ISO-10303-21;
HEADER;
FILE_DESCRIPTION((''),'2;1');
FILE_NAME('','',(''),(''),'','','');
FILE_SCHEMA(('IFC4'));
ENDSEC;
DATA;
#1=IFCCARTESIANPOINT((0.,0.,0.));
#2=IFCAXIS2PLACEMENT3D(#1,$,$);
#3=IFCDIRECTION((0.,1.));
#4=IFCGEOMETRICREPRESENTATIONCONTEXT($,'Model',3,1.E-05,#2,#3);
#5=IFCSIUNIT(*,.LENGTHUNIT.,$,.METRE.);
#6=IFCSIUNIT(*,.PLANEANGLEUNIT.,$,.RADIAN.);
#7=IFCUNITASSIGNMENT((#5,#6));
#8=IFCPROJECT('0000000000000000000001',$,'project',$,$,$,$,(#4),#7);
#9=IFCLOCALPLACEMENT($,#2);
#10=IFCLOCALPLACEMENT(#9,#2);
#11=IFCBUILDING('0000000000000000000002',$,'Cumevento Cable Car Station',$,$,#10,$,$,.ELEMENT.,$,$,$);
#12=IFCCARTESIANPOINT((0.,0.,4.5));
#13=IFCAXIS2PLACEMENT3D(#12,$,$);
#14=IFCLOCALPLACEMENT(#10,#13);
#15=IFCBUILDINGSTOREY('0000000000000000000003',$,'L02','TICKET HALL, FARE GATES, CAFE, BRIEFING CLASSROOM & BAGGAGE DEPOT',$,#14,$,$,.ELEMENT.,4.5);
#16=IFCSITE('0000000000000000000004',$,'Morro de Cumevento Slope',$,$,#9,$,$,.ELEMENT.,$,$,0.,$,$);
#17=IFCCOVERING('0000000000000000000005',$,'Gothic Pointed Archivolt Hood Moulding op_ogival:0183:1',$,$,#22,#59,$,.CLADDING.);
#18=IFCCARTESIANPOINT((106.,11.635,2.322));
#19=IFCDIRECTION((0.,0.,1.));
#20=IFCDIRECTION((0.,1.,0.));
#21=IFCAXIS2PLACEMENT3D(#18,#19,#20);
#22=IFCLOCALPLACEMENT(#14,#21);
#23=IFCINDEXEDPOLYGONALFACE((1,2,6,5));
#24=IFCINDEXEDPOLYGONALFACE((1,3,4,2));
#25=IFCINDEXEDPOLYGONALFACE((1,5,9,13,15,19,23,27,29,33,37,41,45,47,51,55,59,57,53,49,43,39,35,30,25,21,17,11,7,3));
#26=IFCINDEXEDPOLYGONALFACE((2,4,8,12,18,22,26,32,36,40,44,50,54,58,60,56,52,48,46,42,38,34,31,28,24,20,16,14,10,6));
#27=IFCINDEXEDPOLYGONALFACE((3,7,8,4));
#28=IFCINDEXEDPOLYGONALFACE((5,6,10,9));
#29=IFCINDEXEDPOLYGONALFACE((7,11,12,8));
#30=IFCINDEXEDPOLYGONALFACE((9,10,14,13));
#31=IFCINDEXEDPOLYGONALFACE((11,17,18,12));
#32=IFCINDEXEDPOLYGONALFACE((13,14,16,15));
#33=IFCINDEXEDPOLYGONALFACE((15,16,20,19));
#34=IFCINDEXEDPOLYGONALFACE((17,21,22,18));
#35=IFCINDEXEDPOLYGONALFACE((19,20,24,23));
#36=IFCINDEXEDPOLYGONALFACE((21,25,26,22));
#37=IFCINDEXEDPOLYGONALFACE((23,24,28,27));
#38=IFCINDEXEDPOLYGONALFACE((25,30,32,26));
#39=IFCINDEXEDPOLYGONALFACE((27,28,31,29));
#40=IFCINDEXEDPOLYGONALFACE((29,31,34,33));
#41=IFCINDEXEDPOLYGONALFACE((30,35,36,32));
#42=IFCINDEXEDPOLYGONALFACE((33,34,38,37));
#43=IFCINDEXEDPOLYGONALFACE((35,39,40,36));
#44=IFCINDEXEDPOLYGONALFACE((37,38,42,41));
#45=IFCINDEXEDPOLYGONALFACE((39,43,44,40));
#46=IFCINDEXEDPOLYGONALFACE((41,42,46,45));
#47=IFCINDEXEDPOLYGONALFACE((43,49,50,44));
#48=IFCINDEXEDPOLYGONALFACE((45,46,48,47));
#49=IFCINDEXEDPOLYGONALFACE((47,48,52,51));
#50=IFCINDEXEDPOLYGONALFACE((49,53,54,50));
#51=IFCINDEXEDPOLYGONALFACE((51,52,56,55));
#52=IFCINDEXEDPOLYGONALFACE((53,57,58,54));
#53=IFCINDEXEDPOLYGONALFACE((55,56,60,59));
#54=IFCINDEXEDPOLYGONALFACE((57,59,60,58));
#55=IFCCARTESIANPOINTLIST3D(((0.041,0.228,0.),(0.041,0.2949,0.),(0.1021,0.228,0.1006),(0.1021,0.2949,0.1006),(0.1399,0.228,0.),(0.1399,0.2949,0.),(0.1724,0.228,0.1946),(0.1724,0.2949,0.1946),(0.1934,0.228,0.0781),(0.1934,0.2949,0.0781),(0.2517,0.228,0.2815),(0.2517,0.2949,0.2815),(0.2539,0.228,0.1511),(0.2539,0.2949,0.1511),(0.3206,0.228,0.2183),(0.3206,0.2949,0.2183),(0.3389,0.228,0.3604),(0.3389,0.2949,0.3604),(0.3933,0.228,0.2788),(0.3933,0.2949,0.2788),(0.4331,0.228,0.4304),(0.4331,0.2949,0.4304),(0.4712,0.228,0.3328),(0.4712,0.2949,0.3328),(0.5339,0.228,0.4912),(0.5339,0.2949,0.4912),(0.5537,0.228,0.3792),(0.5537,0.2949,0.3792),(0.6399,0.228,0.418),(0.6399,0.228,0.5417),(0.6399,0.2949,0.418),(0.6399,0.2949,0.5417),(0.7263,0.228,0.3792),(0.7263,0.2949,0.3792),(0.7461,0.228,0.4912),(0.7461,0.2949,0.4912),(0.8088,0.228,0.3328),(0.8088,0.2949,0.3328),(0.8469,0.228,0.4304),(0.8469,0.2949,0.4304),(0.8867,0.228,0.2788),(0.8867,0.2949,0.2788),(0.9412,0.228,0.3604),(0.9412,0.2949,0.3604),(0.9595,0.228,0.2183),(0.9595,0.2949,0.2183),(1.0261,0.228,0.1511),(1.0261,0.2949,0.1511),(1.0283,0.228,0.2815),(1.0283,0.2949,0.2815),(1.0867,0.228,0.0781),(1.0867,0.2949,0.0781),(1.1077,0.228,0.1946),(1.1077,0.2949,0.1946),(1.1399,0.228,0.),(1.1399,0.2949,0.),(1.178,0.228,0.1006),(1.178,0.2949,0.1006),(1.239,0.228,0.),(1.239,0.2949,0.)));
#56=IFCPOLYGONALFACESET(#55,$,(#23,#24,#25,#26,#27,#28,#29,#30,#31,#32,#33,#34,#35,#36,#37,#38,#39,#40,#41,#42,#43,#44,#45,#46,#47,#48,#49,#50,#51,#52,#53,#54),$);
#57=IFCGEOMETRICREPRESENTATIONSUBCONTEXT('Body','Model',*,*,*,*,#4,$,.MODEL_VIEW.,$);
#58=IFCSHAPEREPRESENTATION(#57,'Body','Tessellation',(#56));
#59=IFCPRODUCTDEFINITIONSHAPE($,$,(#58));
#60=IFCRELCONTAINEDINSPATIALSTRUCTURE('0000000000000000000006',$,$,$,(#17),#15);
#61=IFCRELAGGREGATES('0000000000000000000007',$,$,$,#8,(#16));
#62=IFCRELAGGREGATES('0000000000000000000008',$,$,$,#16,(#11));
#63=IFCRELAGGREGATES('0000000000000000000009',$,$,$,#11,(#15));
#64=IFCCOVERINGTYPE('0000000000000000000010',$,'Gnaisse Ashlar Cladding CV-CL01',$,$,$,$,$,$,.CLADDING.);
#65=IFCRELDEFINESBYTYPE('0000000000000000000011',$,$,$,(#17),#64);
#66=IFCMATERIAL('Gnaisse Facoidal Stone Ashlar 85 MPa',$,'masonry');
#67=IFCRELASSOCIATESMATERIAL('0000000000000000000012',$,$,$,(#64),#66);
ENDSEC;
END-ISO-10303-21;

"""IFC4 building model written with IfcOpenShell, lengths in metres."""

from ifc_helpers import new_model, si_unit, direction, frame, origin, place, context, subcontext, project, spatial, polyline, outline, extrude, material, type_object, element, save


model = new_model("IFC4")

# Units and contexts
model_context = context("Model", 3, precision=1e-05, world=origin(), true_north=direction((0.0, 1.0)))
body_context = subcontext(model_context, "Body", "Model", "MODEL_VIEW")
ifc_project = project(units=[si_unit("LENGTHUNIT", "METRE"), si_unit("PLANEANGLEUNIT", "RADIAN")], contexts=[model_context])

# Site, building, storey
site_placement = place(None, origin())
site = spatial("IfcSite", under=ifc_project, at=site_placement, Name="Morro de Cumevento Slope", CompositionType="ELEMENT", RefElevation=0.0)
building_placement = place(site_placement, origin())
building = spatial("IfcBuilding", under=site, at=building_placement, Name="Cumevento Cable Car Station", CompositionType="ELEMENT")
storey_placement = place(building_placement, frame((0.0, 0.0, 4.5)))
storey = spatial("IfcBuildingStorey", under=building, at=storey_placement, Name="L02", Description="TICKET HALL, FARE GATES, CAFE, BRIEFING CLASSROOM & BAGGAGE DEPOT", CompositionType="ELEMENT", Elevation=4.5)

# Covering
ifc_material_1 = material(Name="Gnaisse Facoidal Stone Ashlar 85 MPa", Category="masonry")
covering_type = type_object("IfcCoveringType", Name="Gnaisse Ashlar Cladding CV-CL01", PredefinedType="CLADDING", material=ifc_material_1)
covering_1_placement = place(storey_placement, frame((106.0, 11.635, 2.322), z_axis=(0.0, 0.0, 1.0), x_axis=(0.0, 1.0, 0.0)))
element("IfcCovering", 1, at=covering_1_placement, inside=storey, type_object=covering_type, Name="Gothic Pointed Archivolt Hood Moulding op_ogival:0183:1", PredefinedType="CLADDING", context=body_context, shape_type="SweptSolid", body=[
    extrude(outline(polyline([(0.1399, 0.0), (0.1934, 0.0781), (0.2539, 0.1511), (0.3206, 0.2183), (0.3933, 0.2788), (0.4712, 0.3328), (0.5537, 0.3792), (0.6399, 0.418), (0.7263, 0.3792), (0.8088, 0.3328), (0.8867, 0.2788), (0.9595, 0.2183), (1.0261, 0.1511), (1.0867, 0.0781), (1.1399, 0.0), (1.239, 0.0), (1.178, 0.1006), (1.1077, 0.1946), (1.0283, 0.2815), (0.9412, 0.3604), (0.8469, 0.4304), (0.7461, 0.4912), (0.6399, 0.5417), (0.5339, 0.4912), (0.4331, 0.4304), (0.3389, 0.3604), (0.2517, 0.2815), (0.1724, 0.1946), (0.1021, 0.1006), (0.041, 0.0), (0.1399, 0.0)])), frame((0.0, 0.2949, 0.0), z_axis=(0.0, -1.0, 0.0), x_axis=(1.0, 0.0, 0.0)), (0.0, 0.0, 1.0), 0.0669),
])

save(model, "model.ifc")
